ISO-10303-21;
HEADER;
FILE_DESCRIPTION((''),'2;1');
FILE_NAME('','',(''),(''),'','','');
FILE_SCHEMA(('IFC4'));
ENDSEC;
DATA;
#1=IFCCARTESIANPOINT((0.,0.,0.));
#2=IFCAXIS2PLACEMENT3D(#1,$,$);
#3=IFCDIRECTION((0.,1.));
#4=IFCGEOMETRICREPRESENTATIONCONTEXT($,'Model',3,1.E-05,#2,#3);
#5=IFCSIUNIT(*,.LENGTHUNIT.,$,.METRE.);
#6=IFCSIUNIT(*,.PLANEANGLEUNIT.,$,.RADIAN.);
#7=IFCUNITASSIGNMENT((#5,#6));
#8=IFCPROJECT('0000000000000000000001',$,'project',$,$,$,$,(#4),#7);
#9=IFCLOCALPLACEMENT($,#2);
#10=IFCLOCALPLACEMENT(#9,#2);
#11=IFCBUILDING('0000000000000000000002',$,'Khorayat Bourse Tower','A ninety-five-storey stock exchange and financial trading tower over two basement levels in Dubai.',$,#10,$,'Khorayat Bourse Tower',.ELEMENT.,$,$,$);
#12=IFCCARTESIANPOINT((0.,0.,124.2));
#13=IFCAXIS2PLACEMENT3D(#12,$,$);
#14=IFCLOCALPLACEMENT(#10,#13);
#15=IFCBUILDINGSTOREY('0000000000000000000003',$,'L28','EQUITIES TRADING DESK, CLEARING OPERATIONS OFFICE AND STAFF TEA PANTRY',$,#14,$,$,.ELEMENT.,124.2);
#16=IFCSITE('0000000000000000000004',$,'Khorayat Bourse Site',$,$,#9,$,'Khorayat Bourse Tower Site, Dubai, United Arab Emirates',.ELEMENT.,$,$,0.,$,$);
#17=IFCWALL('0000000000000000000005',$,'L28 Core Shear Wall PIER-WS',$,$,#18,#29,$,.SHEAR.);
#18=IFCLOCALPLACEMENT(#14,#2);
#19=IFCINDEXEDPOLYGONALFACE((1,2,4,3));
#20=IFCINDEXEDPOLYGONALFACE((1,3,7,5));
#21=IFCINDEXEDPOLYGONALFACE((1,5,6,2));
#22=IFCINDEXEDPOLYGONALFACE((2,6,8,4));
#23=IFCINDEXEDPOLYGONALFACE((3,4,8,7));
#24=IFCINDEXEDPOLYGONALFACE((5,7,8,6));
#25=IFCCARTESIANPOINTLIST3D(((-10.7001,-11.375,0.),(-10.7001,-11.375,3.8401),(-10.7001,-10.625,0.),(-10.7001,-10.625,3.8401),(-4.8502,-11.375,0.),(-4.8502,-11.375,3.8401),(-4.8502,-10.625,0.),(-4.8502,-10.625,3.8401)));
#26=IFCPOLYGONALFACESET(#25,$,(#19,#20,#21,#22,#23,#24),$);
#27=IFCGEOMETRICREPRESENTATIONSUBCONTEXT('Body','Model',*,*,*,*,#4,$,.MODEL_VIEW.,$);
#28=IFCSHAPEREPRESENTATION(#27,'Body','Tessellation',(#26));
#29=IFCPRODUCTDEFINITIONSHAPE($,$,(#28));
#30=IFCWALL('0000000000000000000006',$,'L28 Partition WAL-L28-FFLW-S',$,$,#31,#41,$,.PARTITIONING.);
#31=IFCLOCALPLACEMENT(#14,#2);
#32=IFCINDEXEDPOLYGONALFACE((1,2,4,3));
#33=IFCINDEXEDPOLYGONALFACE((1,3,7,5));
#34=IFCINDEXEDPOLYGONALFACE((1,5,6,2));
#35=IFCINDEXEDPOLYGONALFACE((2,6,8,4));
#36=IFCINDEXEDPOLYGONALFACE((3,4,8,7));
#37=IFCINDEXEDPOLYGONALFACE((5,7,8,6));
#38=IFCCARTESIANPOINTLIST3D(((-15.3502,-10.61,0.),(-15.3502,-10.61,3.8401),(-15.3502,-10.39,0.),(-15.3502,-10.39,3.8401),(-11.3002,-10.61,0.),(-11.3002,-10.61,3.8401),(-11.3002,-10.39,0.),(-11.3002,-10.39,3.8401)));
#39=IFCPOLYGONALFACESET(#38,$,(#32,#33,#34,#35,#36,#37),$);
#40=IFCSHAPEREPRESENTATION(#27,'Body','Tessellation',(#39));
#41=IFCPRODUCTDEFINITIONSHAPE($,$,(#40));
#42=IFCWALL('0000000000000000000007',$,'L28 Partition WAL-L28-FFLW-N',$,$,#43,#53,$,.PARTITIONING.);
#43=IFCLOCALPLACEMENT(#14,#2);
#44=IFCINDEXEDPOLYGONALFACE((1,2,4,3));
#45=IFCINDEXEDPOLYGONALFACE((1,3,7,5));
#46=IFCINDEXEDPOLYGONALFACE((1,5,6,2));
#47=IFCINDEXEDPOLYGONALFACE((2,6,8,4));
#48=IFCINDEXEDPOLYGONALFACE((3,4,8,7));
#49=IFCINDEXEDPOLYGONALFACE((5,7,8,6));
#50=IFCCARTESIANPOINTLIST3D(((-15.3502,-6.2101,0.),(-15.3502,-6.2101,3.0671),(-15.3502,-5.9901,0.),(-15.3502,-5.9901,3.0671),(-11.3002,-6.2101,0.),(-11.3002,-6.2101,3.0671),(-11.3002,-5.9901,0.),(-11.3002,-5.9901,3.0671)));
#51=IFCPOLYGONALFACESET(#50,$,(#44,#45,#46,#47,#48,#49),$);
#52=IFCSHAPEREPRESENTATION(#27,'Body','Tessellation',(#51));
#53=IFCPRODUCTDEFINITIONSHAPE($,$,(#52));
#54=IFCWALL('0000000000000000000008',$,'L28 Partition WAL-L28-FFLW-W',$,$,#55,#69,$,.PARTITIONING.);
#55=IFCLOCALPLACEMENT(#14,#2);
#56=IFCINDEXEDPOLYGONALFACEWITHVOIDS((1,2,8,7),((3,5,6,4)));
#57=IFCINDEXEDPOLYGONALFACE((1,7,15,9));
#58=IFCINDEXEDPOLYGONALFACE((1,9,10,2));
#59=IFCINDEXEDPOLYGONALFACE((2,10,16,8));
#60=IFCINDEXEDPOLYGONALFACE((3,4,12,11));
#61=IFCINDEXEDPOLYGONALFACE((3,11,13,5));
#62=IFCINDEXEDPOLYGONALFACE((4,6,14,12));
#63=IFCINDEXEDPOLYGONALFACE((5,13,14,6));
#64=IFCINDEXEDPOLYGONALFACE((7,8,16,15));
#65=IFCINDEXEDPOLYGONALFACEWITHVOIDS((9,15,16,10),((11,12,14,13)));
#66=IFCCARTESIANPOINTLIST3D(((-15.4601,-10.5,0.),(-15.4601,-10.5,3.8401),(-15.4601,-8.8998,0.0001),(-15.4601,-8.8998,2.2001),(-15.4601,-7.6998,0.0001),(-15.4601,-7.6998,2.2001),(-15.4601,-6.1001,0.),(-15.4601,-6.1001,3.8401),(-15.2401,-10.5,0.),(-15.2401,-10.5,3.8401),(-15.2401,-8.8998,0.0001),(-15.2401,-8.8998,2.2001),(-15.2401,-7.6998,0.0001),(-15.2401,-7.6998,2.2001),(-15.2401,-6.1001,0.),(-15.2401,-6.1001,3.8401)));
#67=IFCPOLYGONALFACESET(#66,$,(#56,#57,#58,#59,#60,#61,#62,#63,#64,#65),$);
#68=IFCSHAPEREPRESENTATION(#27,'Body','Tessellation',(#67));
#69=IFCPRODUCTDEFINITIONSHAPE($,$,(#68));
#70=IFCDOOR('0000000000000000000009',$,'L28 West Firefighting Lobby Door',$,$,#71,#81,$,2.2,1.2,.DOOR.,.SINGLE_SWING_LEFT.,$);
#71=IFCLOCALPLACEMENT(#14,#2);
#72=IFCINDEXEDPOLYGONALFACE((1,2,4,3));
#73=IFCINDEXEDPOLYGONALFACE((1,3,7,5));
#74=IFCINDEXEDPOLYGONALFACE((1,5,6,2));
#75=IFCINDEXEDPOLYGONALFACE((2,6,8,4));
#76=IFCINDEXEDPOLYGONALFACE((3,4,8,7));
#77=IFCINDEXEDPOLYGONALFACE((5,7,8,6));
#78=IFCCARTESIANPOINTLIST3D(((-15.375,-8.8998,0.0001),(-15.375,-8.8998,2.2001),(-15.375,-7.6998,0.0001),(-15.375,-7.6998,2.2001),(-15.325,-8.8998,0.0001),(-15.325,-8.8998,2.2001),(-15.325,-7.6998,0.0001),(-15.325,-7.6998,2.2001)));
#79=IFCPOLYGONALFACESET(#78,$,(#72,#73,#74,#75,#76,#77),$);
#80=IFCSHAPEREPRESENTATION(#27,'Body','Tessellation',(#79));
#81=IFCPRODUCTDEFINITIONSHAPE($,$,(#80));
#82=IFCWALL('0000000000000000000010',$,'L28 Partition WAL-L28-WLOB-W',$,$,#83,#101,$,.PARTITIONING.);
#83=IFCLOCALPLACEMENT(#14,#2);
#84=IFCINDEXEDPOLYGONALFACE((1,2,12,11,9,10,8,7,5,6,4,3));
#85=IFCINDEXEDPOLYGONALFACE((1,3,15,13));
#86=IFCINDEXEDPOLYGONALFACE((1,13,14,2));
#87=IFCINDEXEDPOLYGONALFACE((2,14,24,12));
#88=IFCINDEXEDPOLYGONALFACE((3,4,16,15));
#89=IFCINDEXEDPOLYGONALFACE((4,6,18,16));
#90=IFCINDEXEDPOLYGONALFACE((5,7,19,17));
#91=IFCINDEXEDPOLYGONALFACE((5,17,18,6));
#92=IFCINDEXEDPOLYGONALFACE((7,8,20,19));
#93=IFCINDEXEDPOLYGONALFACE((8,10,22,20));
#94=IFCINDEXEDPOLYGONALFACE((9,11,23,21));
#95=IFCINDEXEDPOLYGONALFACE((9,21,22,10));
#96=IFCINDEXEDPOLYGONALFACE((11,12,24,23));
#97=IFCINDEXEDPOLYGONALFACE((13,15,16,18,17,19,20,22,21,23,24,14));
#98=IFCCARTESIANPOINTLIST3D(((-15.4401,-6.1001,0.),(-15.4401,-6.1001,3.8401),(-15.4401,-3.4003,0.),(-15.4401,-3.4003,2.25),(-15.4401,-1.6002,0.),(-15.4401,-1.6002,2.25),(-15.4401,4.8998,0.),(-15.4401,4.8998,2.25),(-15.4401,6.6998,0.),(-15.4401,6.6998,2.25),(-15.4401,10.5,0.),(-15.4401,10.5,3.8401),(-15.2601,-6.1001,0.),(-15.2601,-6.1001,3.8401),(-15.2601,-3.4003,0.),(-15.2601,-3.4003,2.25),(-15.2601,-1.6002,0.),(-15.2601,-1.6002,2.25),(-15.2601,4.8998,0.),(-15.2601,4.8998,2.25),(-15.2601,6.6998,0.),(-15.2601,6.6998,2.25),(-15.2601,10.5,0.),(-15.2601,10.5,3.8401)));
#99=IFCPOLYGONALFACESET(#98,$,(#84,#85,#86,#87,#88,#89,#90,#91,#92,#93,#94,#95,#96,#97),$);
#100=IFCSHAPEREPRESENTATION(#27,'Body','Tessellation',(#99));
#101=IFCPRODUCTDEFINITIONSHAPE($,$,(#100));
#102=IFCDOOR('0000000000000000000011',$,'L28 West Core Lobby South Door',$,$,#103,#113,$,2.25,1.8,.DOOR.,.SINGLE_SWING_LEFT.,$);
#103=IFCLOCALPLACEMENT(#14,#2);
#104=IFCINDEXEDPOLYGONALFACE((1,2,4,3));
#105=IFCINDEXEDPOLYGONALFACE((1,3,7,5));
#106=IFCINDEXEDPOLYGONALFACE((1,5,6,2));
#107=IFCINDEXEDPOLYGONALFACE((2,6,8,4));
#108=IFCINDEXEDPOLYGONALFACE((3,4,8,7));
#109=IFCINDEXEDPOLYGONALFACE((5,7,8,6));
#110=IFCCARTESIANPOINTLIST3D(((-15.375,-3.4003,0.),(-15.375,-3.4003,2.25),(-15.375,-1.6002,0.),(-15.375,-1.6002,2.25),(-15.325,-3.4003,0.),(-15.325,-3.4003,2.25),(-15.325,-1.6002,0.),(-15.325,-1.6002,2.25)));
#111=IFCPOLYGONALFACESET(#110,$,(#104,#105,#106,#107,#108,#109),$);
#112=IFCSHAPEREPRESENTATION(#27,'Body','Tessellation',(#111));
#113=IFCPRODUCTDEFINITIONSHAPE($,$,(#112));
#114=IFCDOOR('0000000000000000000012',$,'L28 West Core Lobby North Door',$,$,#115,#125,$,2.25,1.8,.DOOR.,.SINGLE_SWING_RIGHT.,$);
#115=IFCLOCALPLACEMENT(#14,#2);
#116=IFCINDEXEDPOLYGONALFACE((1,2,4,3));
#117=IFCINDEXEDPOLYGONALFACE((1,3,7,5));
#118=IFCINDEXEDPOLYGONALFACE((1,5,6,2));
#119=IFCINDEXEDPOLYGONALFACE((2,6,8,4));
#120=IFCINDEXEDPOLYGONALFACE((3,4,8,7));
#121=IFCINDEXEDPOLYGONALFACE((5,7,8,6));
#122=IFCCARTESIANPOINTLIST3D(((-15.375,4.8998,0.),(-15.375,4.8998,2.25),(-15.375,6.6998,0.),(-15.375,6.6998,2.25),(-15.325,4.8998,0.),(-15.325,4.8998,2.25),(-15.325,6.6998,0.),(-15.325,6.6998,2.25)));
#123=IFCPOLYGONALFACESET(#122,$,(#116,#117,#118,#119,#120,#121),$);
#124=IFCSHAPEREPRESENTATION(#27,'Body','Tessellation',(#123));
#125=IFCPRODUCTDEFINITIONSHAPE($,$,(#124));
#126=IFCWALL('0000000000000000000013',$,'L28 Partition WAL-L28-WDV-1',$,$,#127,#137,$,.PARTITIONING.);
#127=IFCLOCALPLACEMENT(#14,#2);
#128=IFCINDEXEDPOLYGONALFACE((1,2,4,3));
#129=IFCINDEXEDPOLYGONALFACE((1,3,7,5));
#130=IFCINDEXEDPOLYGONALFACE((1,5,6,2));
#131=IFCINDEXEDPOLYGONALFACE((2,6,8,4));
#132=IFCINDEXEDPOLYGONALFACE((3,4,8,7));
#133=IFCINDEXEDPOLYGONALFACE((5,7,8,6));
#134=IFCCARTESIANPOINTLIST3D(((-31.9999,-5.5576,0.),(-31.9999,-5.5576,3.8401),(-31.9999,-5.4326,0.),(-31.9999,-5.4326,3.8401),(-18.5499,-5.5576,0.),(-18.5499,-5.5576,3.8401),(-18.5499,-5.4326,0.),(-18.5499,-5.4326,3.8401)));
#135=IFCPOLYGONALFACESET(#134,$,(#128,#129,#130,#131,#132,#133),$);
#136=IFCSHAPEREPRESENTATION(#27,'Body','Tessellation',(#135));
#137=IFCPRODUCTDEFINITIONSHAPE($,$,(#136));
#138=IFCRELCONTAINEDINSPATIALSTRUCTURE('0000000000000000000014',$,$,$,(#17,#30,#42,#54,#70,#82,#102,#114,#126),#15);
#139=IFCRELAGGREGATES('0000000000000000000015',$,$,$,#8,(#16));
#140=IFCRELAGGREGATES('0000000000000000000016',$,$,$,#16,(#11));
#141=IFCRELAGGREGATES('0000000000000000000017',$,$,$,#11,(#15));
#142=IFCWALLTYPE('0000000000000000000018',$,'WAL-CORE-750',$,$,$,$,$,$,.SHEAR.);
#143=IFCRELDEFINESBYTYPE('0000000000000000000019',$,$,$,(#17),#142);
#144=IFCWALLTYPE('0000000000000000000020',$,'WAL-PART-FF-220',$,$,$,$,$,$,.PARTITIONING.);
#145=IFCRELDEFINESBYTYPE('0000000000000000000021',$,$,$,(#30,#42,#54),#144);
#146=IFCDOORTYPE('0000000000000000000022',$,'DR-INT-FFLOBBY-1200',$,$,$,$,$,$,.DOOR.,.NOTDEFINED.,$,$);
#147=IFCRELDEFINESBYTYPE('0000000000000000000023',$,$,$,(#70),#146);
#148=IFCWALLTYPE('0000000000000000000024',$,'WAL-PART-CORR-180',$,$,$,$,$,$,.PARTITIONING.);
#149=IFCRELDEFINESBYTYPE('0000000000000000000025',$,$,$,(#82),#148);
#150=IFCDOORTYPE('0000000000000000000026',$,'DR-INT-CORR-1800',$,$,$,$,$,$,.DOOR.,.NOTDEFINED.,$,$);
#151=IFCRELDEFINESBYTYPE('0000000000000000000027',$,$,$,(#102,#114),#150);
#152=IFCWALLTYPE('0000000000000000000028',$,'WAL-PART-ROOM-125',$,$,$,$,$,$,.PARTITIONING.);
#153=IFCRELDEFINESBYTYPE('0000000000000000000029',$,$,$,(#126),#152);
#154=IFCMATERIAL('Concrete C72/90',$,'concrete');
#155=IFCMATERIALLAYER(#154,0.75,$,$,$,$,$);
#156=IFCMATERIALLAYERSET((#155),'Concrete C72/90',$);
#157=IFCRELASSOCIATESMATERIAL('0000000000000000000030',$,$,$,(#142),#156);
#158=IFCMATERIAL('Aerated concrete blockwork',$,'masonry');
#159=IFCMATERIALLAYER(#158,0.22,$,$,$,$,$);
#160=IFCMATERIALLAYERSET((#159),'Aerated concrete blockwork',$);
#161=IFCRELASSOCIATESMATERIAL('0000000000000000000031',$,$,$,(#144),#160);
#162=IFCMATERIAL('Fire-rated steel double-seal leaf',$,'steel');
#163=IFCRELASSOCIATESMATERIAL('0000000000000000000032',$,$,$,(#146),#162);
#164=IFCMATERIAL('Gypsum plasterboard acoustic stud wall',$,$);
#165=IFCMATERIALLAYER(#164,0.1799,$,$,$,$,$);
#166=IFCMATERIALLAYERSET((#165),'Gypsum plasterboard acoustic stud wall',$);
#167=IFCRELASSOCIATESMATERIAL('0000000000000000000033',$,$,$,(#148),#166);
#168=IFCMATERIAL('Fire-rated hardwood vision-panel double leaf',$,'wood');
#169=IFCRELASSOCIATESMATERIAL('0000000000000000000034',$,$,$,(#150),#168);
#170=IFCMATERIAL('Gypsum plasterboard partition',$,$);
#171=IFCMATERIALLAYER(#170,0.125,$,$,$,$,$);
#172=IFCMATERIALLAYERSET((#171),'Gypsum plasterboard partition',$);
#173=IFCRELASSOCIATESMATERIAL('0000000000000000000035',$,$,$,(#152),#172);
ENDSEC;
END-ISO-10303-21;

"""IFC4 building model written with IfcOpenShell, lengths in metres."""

from ifc_helpers import new_model, si_unit, direction, frame, frame_2d, origin, place, context, subcontext, project, spatial, rectangle, extrude, source, transform, mapped, material, layer, layer_set, type_object, element, fill, save


model = new_model("IFC4")

# Units and contexts
model_context = context("Model", 3, precision=1e-05, world=origin(), true_north=direction((0.0, 1.0)))
body_context = subcontext(model_context, "Body", "Model", "MODEL_VIEW")
ifc_project = project(units=[si_unit("LENGTHUNIT", "METRE"), si_unit("PLANEANGLEUNIT", "RADIAN")], contexts=[model_context])

# Site, building, storey
site_placement = place(None, origin())
site = spatial("IfcSite", under=ifc_project, at=site_placement, Name="Khorayat Bourse Site", LongName="Khorayat Bourse Tower Site, Dubai, United Arab Emirates", CompositionType="ELEMENT", RefElevation=0.0)
building_placement = place(site_placement, origin())
building = spatial("IfcBuilding", under=site, at=building_placement, Name="Khorayat Bourse Tower", Description="A ninety-five-storey stock exchange and financial trading tower over two basement levels in Dubai.", LongName="Khorayat Bourse Tower", CompositionType="ELEMENT")
storey_placement = place(building_placement, frame((0.0, 0.0, 124.2)))
storey = spatial("IfcBuildingStorey", under=building, at=storey_placement, Name="L28", Description="EQUITIES TRADING DESK, CLEARING OPERATIONS OFFICE AND STAFF TEA PANTRY", CompositionType="ELEMENT", Elevation=124.2)

# Shared definitions
ifc_material_1 = material(Name="Concrete C72/90", Category="concrete")

# Walls
ifc_layer_1 = layer(ifc_material_1, 0.75)
ifc_layer_set_1 = layer_set([ifc_layer_1], Name="Concrete C72/90")
wall_type_1 = type_object("IfcWallType", Name="WAL-CORE-750", PredefinedType="SHEAR", material=ifc_layer_set_1)
shared_shape_1 = source(origin(), body_context, "Body", "SweptSolid", [
    extrude(rectangle(XDim=5.8499, YDim=0.75, at=frame_2d((2.9248, 0.0))), origin(), (0.0, 0.0, 1.0), 3.8401),
])
wall_1_placement = place(storey_placement, frame((-10.7, -11.0, 0.0), z_axis=(0.0, 0.0, 1.0), x_axis=(1.0, 0.0, 0.0)))
element("IfcWall", 1, at=wall_1_placement, inside=storey, type_object=wall_type_1, Name="L28 Core Shear Wall PIER-WS", PredefinedType="SHEAR", context=body_context, shape_type="MappedRepresentation", body=[
    mapped(shared_shape_1, transform((0.0, 0.0, 0.0), scale=1.0)),
])
ifc_material_2 = material(Name="Aerated concrete blockwork", Category="masonry")
ifc_layer_2 = layer(ifc_material_2, 0.22)
ifc_layer_set_2 = layer_set([ifc_layer_2], Name="Aerated concrete blockwork")
wall_type_2 = type_object("IfcWallType", Name="WAL-PART-FF-220", PredefinedType="PARTITIONING", material=ifc_layer_set_2)
shared_shape_2 = source(origin(), body_context, "Body", "SweptSolid", [
    extrude(rectangle(XDim=4.05, YDim=0.22, at=frame_2d((2.0249, 0.0))), origin(), (0.0, 0.0, 1.0), 3.8401),
])
wall_2_placement = place(storey_placement, frame((-15.3501, -10.5, 0.0), z_axis=(0.0, 0.0, 1.0), x_axis=(1.0, 0.0, 0.0)))
element("IfcWall", 2, at=wall_2_placement, inside=storey, type_object=wall_type_2, Name="L28 Partition WAL-L28-FFLW-S", PredefinedType="PARTITIONING", context=body_context, shape_type="MappedRepresentation", body=[
    mapped(shared_shape_2, transform((0.0, 0.0, 0.0), scale=1.0)),
])
shared_shape_3 = source(origin(), body_context, "Body", "SweptSolid", [
    extrude(rectangle(XDim=4.05, YDim=0.22, at=frame_2d((2.0249, 0.0))), origin(), (0.0, 0.0, 1.0), 3.0671),
])
wall_3_placement = place(storey_placement, frame((-15.3501, -6.1001, 0.0), z_axis=(0.0, 0.0, 1.0), x_axis=(1.0, 0.0, 0.0)))
element("IfcWall", 3, at=wall_3_placement, inside=storey, type_object=wall_type_2, Name="L28 Partition WAL-L28-FFLW-N", PredefinedType="PARTITIONING", context=body_context, shape_type="MappedRepresentation", body=[
    mapped(shared_shape_3, transform((0.0, 0.0, 0.0), scale=1.0)),
])

# Wall, opening, door
shared_shape_4 = source(origin(), body_context, "Body", "SweptSolid", [
    extrude(rectangle(XDim=4.3999, YDim=0.22, at=frame_2d((2.2, 0.0))), origin(), (0.0, 0.0, 1.0), 3.8401),
])
wall_4_placement = place(storey_placement, frame((-15.3501, -10.5, 0.0), z_axis=(0.0, 0.0, 1.0), x_axis=(0.0, 1.0, 0.0)))
wall_4 = element("IfcWall", 4, at=wall_4_placement, inside=storey, type_object=wall_type_2, Name="L28 Partition WAL-L28-FFLW-W", PredefinedType="PARTITIONING", context=body_context, shape_type="MappedRepresentation", body=[
    mapped(shared_shape_4, transform((0.0, 0.0, 0.0), scale=1.0)),
])
shared_shape_5 = source(origin(), body_context, "Body", "SweptSolid", [
    extrude(rectangle(XDim=1.2, YDim=2.2, at=frame_2d((0.6001, 1.1001))), frame((0.0, 0.1199, 0.0), z_axis=(0.0, -1.0, 0.0), x_axis=(1.0, 0.0, 0.0)), (0.0, 0.0, 1.0), 0.24),
])
opening_1_placement = place(wall_4_placement, frame((1.6001, 0.0, 0.0)))
opening_1 = element("IfcOpeningElement", 5, at=opening_1_placement, cuts=wall_4, PredefinedType="OPENING", context=body_context, shape_type="MappedRepresentation", body=[
    mapped(shared_shape_5, transform((0.0, 0.0, 0.0), scale=1.0)),
])
ifc_material_3 = material(Name="Fire-rated steel double-seal leaf", Category="steel")
door_type_1 = type_object("IfcDoorType", Name="DR-INT-FFLOBBY-1200", OperationType="NOTDEFINED", PredefinedType="DOOR", material=ifc_material_3)
shared_shape_6 = source(origin(), body_context, "Body", "SweptSolid", [
    extrude(rectangle(XDim=1.2, YDim=2.2, at=frame_2d((0.6001, 1.1001))), frame((0.0, 0.0249, 0.0), z_axis=(0.0, -1.0, 0.0), x_axis=(1.0, 0.0, 0.0)), (0.0, 0.0, 1.0), 0.05),
])
door_1_placement = place(opening_1_placement, origin())
door_1 = element("IfcDoor", 6, at=door_1_placement, inside=storey, type_object=door_type_1, Name="L28 West Firefighting Lobby Door", OperationType="SINGLE_SWING_LEFT", OverallHeight=2.2, OverallWidth=1.2, PredefinedType="DOOR", context=body_context, shape_type="MappedRepresentation", body=[
    mapped(shared_shape_6, transform((0.0, 0.0, 0.0), scale=1.0)),
])
fill(opening_1, door_1)

# Wall, openings, doors
ifc_material_4 = material(Name="Gypsum plasterboard acoustic stud wall")
ifc_layer_3 = layer(ifc_material_4, 0.1799)
ifc_layer_set_3 = layer_set([ifc_layer_3], Name="Gypsum plasterboard acoustic stud wall")
wall_type_3 = type_object("IfcWallType", Name="WAL-PART-CORR-180", PredefinedType="PARTITIONING", material=ifc_layer_set_3)
shared_shape_7 = source(origin(), body_context, "Body", "SweptSolid", [
    extrude(rectangle(XDim=16.6001, YDim=0.1799, at=frame_2d((8.3, 0.0))), origin(), (0.0, 0.0, 1.0), 3.8401),
])
wall_5_placement = place(storey_placement, frame((-15.3501, -6.1001, 0.0), z_axis=(0.0, 0.0, 1.0), x_axis=(0.0, 1.0, 0.0)))
wall_5 = element("IfcWall", 7, at=wall_5_placement, inside=storey, type_object=wall_type_3, Name="L28 Partition WAL-L28-WLOB-W", PredefinedType="PARTITIONING", context=body_context, shape_type="MappedRepresentation", body=[
    mapped(shared_shape_7, transform((0.0, 0.0, 0.0), scale=1.0)),
])
shared_shape_8 = source(origin(), body_context, "Body", "SweptSolid", [
    extrude(rectangle(XDim=1.8, YDim=2.25, at=frame_2d((0.8999, 1.125))), frame((0.0, 0.0999, 0.0), z_axis=(0.0, -1.0, 0.0), x_axis=(1.0, 0.0, 0.0)), (0.0, 0.0, 1.0), 0.2),
])
opening_2_placement = place(wall_5_placement, frame((2.7, 0.0, 0.0)))
opening_2 = element("IfcOpeningElement", 8, at=opening_2_placement, cuts=wall_5, PredefinedType="OPENING", context=body_context, shape_type="MappedRepresentation", body=[
    mapped(shared_shape_8, transform((0.0, 0.0, 0.0), scale=1.0)),
])
opening_3_placement = place(wall_5_placement, frame((11.0, 0.0, 0.0)))
opening_3 = element("IfcOpeningElement", 9, at=opening_3_placement, cuts=wall_5, PredefinedType="OPENING", context=body_context, shape_type="MappedRepresentation", body=[
    mapped(shared_shape_8, transform((0.0, 0.0, 0.0), scale=1.0)),
])
ifc_material_5 = material(Name="Fire-rated hardwood vision-panel double leaf", Category="wood")
door_type_2 = type_object("IfcDoorType", Name="DR-INT-CORR-1800", OperationType="NOTDEFINED", PredefinedType="DOOR", material=ifc_material_5)
shared_shape_9 = source(origin(), body_context, "Body", "SweptSolid", [
    extrude(rectangle(XDim=1.8, YDim=2.25, at=frame_2d((0.8999, 1.125))), frame((0.0, 0.0249, 0.0), z_axis=(0.0, -1.0, 0.0), x_axis=(1.0, 0.0, 0.0)), (0.0, 0.0, 1.0), 0.05),
])
door_2_placement = place(opening_2_placement, origin())
door_2 = element("IfcDoor", 10, at=door_2_placement, inside=storey, type_object=door_type_2, Name="L28 West Core Lobby South Door", OperationType="SINGLE_SWING_LEFT", OverallHeight=2.25, OverallWidth=1.8, PredefinedType="DOOR", context=body_context, shape_type="MappedRepresentation", body=[
    mapped(shared_shape_9, transform((0.0, 0.0, 0.0), scale=1.0)),
])
fill(opening_2, door_2)
door_3_placement = place(opening_3_placement, origin())
door_3 = element("IfcDoor", 11, at=door_3_placement, inside=storey, type_object=door_type_2, Name="L28 West Core Lobby North Door", OperationType="SINGLE_SWING_RIGHT", OverallHeight=2.25, OverallWidth=1.8, PredefinedType="DOOR", context=body_context, shape_type="MappedRepresentation", body=[
    mapped(shared_shape_9, transform((0.0, 0.0, 0.0), scale=1.0)),
])
fill(opening_3, door_3)

# Wall
ifc_material_6 = material(Name="Gypsum plasterboard partition")
ifc_layer_4 = layer(ifc_material_6, 0.125)
ifc_layer_set_4 = layer_set([ifc_layer_4], Name="Gypsum plasterboard partition")
wall_type_4 = type_object("IfcWallType", Name="WAL-PART-ROOM-125", PredefinedType="PARTITIONING", material=ifc_layer_set_4)
shared_shape_10 = source(origin(), body_context, "Body", "SweptSolid", [
    extrude(rectangle(XDim=13.45, YDim=0.125, at=frame_2d((6.7251, 0.0))), origin(), (0.0, 0.0, 1.0), 3.8401),
])
wall_6_placement = place(storey_placement, frame((-32.0, -5.4951, 0.0), z_axis=(0.0, 0.0, 1.0), x_axis=(1.0, 0.0, 0.0)))
element("IfcWall", 12, at=wall_6_placement, inside=storey, type_object=wall_type_4, Name="L28 Partition WAL-L28-WDV-1", PredefinedType="PARTITIONING", context=body_context, shape_type="MappedRepresentation", body=[
    mapped(shared_shape_10, transform((0.0, 0.0, 0.0), scale=1.0)),
])

save(model, "model.ifc")
